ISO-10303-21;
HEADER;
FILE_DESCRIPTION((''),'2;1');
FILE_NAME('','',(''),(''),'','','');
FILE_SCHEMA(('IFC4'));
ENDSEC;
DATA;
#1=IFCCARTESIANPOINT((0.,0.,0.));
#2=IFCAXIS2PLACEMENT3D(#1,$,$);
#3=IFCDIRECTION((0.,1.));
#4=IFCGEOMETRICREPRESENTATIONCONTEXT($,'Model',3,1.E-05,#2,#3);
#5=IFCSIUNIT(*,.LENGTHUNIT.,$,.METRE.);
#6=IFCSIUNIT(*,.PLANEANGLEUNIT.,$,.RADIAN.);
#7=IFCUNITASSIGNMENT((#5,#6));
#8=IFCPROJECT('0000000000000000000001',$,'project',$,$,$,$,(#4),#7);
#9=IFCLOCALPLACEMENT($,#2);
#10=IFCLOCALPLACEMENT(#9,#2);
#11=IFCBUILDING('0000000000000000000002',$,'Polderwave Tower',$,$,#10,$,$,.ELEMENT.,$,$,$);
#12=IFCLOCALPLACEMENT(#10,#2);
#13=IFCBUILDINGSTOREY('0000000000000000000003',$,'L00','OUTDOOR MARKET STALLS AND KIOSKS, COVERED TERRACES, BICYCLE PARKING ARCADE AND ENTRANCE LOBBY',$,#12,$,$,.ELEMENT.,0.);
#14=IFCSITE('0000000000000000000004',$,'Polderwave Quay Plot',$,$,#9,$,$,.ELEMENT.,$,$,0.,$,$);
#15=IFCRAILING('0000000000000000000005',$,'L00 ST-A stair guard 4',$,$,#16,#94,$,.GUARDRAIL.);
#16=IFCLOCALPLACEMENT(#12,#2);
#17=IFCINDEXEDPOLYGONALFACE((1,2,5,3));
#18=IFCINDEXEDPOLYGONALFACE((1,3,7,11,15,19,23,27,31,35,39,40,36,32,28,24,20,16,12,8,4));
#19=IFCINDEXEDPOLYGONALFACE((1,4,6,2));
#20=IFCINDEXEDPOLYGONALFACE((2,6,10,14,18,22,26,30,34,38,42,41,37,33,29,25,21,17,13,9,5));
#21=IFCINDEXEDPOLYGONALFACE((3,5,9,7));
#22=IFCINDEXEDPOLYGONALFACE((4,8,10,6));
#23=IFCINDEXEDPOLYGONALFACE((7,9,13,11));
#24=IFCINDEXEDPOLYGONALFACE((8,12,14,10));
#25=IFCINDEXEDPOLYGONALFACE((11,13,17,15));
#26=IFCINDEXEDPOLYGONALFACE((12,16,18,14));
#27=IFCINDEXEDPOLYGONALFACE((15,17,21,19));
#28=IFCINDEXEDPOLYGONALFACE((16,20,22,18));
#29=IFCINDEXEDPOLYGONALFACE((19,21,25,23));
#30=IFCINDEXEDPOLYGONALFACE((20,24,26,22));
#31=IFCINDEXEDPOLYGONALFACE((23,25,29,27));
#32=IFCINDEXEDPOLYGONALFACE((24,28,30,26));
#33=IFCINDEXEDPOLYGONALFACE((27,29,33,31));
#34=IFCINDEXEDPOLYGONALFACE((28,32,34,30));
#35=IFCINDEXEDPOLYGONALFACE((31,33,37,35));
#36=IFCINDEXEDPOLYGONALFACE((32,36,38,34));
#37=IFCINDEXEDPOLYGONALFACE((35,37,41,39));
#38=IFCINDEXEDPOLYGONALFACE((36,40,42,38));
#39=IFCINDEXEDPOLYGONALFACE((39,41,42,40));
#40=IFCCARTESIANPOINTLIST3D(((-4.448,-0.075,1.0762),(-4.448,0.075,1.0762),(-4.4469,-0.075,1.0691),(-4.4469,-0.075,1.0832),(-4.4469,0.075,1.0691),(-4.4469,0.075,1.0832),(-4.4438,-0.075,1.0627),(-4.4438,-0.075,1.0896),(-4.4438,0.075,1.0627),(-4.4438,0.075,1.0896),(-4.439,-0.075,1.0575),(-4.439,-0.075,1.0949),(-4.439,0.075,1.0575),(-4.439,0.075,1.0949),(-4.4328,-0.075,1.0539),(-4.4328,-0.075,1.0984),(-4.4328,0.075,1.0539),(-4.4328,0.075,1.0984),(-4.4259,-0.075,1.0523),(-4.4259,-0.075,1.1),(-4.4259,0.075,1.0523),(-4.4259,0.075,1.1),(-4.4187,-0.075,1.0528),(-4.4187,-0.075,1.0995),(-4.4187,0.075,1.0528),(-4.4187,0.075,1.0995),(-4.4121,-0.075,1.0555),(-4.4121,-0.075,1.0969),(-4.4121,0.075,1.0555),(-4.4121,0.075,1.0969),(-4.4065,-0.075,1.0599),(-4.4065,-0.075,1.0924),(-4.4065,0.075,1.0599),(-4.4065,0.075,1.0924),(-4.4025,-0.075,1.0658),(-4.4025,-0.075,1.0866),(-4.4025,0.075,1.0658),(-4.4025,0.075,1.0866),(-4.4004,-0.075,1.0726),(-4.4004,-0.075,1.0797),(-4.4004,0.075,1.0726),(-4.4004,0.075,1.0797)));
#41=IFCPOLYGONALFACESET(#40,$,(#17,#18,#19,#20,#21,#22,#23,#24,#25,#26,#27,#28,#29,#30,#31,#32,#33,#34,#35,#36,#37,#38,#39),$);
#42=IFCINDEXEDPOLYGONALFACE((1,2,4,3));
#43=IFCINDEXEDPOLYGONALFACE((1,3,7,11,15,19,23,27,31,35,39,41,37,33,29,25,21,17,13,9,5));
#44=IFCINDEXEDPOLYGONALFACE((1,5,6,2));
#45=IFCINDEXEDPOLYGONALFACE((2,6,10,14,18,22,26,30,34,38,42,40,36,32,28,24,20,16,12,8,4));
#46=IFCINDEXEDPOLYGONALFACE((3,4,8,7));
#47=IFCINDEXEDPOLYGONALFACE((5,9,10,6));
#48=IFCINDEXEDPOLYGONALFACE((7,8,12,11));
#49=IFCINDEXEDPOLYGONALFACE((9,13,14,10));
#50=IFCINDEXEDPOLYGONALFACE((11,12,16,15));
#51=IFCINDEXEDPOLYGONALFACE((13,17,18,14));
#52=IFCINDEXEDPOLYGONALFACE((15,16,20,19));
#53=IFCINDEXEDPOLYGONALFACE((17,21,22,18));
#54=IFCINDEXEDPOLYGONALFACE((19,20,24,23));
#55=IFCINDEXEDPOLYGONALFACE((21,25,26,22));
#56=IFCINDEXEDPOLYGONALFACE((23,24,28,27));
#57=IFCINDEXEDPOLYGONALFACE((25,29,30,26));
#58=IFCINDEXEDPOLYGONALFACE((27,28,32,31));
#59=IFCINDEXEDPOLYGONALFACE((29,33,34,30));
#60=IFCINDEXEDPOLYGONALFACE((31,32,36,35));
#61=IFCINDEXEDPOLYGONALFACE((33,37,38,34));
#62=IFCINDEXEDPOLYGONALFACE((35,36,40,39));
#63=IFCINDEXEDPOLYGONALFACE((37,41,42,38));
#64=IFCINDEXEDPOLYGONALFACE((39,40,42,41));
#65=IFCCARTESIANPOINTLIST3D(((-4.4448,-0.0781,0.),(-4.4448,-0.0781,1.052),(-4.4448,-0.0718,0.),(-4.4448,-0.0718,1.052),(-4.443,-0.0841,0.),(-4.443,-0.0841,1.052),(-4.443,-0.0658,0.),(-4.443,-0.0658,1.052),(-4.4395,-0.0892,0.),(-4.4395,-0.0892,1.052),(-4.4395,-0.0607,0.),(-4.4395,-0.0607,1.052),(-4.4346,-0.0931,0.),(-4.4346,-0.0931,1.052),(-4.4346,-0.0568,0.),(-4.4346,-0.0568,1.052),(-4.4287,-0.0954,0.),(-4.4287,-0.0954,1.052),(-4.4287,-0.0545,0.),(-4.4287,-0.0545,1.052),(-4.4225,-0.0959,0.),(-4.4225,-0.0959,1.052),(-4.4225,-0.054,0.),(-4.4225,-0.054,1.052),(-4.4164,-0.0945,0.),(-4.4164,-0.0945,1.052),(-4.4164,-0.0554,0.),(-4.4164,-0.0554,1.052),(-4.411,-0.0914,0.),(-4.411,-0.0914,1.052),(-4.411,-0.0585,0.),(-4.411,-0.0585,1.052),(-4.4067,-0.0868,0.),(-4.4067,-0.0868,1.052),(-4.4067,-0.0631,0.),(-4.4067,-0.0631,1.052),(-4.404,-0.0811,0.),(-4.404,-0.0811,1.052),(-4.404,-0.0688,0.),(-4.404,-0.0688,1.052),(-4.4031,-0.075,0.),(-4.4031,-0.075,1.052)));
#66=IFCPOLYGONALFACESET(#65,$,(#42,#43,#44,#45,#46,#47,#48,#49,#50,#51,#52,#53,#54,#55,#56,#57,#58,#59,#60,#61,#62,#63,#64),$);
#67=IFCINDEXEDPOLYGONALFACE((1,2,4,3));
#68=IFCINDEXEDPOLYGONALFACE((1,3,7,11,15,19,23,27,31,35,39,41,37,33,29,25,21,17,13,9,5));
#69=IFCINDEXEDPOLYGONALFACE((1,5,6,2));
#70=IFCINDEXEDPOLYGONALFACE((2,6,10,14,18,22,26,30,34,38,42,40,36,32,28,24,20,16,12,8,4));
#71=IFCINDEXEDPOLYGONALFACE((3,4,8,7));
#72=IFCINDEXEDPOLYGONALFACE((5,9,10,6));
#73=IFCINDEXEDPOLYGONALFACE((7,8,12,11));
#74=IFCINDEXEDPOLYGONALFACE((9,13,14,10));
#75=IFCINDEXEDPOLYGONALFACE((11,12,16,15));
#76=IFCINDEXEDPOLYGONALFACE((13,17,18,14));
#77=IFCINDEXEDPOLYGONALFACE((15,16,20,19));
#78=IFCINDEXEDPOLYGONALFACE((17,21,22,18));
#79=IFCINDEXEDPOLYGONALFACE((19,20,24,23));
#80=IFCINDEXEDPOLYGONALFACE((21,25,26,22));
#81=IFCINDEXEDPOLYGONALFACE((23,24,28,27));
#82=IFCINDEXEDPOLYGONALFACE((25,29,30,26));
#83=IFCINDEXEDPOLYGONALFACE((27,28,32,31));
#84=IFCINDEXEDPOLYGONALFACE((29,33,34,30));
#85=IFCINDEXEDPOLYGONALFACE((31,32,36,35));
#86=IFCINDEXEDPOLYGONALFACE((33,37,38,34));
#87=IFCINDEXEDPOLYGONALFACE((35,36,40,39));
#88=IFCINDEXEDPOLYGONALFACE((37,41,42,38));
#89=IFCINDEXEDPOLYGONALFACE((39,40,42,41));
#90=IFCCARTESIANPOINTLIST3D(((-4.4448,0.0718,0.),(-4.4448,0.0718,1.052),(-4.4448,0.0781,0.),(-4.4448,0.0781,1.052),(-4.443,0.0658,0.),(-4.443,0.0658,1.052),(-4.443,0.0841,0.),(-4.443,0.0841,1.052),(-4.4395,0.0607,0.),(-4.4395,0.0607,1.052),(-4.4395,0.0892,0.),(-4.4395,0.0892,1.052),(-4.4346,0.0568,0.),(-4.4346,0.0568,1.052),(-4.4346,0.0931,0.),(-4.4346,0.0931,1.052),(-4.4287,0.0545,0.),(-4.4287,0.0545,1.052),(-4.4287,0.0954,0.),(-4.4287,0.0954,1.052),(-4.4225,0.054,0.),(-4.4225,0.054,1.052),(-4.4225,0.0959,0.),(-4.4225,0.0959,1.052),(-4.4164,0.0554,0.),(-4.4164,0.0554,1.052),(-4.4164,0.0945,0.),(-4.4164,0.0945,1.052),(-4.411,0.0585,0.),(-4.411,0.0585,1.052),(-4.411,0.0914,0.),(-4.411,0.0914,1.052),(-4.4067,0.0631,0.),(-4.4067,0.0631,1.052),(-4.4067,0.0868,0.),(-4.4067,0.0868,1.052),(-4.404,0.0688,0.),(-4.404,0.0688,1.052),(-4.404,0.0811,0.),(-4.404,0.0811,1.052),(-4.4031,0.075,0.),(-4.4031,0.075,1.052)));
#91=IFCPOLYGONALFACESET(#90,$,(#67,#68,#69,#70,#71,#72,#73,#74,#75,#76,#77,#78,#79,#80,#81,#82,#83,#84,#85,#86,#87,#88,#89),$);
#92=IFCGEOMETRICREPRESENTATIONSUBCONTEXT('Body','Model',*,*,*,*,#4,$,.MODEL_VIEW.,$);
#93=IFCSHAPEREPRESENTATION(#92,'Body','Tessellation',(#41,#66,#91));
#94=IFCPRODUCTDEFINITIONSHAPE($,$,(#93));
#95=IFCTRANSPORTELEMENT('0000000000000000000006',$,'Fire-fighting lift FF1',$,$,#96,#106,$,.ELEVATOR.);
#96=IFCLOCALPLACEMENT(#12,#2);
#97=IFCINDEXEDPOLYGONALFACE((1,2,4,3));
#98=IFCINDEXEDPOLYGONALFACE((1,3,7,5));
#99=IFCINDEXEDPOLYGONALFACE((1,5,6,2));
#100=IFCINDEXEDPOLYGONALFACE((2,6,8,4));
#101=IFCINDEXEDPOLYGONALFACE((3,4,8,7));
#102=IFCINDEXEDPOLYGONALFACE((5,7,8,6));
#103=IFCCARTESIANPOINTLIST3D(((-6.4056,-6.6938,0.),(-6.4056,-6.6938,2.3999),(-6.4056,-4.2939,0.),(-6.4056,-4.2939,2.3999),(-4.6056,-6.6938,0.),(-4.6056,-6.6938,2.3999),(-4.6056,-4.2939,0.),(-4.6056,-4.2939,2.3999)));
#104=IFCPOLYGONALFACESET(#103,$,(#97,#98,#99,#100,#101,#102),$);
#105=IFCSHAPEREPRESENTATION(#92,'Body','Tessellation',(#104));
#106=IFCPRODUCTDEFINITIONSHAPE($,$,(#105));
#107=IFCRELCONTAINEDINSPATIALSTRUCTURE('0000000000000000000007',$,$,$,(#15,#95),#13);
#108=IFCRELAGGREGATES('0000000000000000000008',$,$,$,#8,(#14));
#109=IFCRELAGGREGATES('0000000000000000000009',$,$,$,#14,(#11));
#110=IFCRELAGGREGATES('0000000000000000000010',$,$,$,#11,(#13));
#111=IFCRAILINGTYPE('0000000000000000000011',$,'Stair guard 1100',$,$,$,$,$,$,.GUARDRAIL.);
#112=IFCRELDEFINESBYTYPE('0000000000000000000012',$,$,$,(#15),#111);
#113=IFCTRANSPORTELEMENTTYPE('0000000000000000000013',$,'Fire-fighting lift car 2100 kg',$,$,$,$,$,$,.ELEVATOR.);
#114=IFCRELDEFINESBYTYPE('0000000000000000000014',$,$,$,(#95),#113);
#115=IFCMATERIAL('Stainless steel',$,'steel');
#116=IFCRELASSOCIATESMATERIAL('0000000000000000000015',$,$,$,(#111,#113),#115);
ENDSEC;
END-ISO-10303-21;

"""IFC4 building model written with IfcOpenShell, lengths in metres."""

from ifc_helpers import new_model, si_unit, direction, frame, origin, origin_2d, place, context, subcontext, project, spatial, rectangle, circle, extrude, material, type_object, element, save


model = new_model("IFC4")

# Units and contexts
model_context = context("Model", 3, precision=1e-05, world=origin(), true_north=direction((0.0, 1.0)))
body_context = subcontext(model_context, "Body", "Model", "MODEL_VIEW")
ifc_project = project(units=[si_unit("LENGTHUNIT", "METRE"), si_unit("PLANEANGLEUNIT", "RADIAN")], contexts=[model_context])

# Site, building, storey
site_placement = place(None, origin())
site = spatial("IfcSite", under=ifc_project, at=site_placement, Name="Polderwave Quay Plot", CompositionType="ELEMENT", RefElevation=0.0)
building_placement = place(site_placement, origin())
building = spatial("IfcBuilding", under=site, at=building_placement, Name="Polderwave Tower", CompositionType="ELEMENT")
storey_placement = place(building_placement, origin())
storey = spatial("IfcBuildingStorey", under=building, at=storey_placement, Name="L00", Description="OUTDOOR MARKET STALLS AND KIOSKS, COVERED TERRACES, BICYCLE PARKING ARCADE AND ENTRANCE LOBBY", CompositionType="ELEMENT", Elevation=0.0)

# Shared definitions
ifc_material_1 = material(Name="Stainless steel", Category="steel")

# Railing
railing_type = type_object("IfcRailingType", Name="Stair guard 1100", PredefinedType="GUARDRAIL", material=ifc_material_1)
railing_placement = place(storey_placement, frame((-4.4241, -0.075, 0.0)))
element("IfcRailing", 1, at=railing_placement, inside=storey, type_object=railing_type, Name="L00 ST-A stair guard 4", PredefinedType="GUARDRAIL", context=body_context, shape_type="SweptSolid", body=[
    extrude(circle(Radius=0.0239, at=origin_2d()), frame((0.0, 0.0, 1.0762), z_axis=(0.0, 1.0, 0.0), x_axis=(-1.0, 0.0, 0.0)), (0.0, 0.0, 1.0), 0.1499),
    extrude(circle(Radius=0.021, at=origin_2d()), origin(), (0.0, 0.0, 1.0), 1.052),
    extrude(circle(Radius=0.021, at=origin_2d()), frame((0.0, 0.1499, 0.0)), (0.0, 0.0, 1.0), 1.052),
])

# Transport element
transport_element_type = type_object("IfcTransportElementType", Name="Fire-fighting lift car 2100 kg", PredefinedType="ELEVATOR", material=ifc_material_1)
transport_element_placement = place(storey_placement, frame((-5.5056, -5.4939, 0.0), z_axis=(0.0, 0.0, 1.0), x_axis=(1.0, 0.0, 0.0)))
element("IfcTransportElement", 2, at=transport_element_placement, inside=storey, type_object=transport_element_type, Name="Fire-fighting lift FF1", PredefinedType="ELEVATOR", context=body_context, shape_type="SweptSolid", body=[
    extrude(rectangle(XDim=1.8, YDim=2.3999, at=origin_2d()), origin(), (0.0, 0.0, 1.0), 2.3999),
])

save(model, "model.ifc")
